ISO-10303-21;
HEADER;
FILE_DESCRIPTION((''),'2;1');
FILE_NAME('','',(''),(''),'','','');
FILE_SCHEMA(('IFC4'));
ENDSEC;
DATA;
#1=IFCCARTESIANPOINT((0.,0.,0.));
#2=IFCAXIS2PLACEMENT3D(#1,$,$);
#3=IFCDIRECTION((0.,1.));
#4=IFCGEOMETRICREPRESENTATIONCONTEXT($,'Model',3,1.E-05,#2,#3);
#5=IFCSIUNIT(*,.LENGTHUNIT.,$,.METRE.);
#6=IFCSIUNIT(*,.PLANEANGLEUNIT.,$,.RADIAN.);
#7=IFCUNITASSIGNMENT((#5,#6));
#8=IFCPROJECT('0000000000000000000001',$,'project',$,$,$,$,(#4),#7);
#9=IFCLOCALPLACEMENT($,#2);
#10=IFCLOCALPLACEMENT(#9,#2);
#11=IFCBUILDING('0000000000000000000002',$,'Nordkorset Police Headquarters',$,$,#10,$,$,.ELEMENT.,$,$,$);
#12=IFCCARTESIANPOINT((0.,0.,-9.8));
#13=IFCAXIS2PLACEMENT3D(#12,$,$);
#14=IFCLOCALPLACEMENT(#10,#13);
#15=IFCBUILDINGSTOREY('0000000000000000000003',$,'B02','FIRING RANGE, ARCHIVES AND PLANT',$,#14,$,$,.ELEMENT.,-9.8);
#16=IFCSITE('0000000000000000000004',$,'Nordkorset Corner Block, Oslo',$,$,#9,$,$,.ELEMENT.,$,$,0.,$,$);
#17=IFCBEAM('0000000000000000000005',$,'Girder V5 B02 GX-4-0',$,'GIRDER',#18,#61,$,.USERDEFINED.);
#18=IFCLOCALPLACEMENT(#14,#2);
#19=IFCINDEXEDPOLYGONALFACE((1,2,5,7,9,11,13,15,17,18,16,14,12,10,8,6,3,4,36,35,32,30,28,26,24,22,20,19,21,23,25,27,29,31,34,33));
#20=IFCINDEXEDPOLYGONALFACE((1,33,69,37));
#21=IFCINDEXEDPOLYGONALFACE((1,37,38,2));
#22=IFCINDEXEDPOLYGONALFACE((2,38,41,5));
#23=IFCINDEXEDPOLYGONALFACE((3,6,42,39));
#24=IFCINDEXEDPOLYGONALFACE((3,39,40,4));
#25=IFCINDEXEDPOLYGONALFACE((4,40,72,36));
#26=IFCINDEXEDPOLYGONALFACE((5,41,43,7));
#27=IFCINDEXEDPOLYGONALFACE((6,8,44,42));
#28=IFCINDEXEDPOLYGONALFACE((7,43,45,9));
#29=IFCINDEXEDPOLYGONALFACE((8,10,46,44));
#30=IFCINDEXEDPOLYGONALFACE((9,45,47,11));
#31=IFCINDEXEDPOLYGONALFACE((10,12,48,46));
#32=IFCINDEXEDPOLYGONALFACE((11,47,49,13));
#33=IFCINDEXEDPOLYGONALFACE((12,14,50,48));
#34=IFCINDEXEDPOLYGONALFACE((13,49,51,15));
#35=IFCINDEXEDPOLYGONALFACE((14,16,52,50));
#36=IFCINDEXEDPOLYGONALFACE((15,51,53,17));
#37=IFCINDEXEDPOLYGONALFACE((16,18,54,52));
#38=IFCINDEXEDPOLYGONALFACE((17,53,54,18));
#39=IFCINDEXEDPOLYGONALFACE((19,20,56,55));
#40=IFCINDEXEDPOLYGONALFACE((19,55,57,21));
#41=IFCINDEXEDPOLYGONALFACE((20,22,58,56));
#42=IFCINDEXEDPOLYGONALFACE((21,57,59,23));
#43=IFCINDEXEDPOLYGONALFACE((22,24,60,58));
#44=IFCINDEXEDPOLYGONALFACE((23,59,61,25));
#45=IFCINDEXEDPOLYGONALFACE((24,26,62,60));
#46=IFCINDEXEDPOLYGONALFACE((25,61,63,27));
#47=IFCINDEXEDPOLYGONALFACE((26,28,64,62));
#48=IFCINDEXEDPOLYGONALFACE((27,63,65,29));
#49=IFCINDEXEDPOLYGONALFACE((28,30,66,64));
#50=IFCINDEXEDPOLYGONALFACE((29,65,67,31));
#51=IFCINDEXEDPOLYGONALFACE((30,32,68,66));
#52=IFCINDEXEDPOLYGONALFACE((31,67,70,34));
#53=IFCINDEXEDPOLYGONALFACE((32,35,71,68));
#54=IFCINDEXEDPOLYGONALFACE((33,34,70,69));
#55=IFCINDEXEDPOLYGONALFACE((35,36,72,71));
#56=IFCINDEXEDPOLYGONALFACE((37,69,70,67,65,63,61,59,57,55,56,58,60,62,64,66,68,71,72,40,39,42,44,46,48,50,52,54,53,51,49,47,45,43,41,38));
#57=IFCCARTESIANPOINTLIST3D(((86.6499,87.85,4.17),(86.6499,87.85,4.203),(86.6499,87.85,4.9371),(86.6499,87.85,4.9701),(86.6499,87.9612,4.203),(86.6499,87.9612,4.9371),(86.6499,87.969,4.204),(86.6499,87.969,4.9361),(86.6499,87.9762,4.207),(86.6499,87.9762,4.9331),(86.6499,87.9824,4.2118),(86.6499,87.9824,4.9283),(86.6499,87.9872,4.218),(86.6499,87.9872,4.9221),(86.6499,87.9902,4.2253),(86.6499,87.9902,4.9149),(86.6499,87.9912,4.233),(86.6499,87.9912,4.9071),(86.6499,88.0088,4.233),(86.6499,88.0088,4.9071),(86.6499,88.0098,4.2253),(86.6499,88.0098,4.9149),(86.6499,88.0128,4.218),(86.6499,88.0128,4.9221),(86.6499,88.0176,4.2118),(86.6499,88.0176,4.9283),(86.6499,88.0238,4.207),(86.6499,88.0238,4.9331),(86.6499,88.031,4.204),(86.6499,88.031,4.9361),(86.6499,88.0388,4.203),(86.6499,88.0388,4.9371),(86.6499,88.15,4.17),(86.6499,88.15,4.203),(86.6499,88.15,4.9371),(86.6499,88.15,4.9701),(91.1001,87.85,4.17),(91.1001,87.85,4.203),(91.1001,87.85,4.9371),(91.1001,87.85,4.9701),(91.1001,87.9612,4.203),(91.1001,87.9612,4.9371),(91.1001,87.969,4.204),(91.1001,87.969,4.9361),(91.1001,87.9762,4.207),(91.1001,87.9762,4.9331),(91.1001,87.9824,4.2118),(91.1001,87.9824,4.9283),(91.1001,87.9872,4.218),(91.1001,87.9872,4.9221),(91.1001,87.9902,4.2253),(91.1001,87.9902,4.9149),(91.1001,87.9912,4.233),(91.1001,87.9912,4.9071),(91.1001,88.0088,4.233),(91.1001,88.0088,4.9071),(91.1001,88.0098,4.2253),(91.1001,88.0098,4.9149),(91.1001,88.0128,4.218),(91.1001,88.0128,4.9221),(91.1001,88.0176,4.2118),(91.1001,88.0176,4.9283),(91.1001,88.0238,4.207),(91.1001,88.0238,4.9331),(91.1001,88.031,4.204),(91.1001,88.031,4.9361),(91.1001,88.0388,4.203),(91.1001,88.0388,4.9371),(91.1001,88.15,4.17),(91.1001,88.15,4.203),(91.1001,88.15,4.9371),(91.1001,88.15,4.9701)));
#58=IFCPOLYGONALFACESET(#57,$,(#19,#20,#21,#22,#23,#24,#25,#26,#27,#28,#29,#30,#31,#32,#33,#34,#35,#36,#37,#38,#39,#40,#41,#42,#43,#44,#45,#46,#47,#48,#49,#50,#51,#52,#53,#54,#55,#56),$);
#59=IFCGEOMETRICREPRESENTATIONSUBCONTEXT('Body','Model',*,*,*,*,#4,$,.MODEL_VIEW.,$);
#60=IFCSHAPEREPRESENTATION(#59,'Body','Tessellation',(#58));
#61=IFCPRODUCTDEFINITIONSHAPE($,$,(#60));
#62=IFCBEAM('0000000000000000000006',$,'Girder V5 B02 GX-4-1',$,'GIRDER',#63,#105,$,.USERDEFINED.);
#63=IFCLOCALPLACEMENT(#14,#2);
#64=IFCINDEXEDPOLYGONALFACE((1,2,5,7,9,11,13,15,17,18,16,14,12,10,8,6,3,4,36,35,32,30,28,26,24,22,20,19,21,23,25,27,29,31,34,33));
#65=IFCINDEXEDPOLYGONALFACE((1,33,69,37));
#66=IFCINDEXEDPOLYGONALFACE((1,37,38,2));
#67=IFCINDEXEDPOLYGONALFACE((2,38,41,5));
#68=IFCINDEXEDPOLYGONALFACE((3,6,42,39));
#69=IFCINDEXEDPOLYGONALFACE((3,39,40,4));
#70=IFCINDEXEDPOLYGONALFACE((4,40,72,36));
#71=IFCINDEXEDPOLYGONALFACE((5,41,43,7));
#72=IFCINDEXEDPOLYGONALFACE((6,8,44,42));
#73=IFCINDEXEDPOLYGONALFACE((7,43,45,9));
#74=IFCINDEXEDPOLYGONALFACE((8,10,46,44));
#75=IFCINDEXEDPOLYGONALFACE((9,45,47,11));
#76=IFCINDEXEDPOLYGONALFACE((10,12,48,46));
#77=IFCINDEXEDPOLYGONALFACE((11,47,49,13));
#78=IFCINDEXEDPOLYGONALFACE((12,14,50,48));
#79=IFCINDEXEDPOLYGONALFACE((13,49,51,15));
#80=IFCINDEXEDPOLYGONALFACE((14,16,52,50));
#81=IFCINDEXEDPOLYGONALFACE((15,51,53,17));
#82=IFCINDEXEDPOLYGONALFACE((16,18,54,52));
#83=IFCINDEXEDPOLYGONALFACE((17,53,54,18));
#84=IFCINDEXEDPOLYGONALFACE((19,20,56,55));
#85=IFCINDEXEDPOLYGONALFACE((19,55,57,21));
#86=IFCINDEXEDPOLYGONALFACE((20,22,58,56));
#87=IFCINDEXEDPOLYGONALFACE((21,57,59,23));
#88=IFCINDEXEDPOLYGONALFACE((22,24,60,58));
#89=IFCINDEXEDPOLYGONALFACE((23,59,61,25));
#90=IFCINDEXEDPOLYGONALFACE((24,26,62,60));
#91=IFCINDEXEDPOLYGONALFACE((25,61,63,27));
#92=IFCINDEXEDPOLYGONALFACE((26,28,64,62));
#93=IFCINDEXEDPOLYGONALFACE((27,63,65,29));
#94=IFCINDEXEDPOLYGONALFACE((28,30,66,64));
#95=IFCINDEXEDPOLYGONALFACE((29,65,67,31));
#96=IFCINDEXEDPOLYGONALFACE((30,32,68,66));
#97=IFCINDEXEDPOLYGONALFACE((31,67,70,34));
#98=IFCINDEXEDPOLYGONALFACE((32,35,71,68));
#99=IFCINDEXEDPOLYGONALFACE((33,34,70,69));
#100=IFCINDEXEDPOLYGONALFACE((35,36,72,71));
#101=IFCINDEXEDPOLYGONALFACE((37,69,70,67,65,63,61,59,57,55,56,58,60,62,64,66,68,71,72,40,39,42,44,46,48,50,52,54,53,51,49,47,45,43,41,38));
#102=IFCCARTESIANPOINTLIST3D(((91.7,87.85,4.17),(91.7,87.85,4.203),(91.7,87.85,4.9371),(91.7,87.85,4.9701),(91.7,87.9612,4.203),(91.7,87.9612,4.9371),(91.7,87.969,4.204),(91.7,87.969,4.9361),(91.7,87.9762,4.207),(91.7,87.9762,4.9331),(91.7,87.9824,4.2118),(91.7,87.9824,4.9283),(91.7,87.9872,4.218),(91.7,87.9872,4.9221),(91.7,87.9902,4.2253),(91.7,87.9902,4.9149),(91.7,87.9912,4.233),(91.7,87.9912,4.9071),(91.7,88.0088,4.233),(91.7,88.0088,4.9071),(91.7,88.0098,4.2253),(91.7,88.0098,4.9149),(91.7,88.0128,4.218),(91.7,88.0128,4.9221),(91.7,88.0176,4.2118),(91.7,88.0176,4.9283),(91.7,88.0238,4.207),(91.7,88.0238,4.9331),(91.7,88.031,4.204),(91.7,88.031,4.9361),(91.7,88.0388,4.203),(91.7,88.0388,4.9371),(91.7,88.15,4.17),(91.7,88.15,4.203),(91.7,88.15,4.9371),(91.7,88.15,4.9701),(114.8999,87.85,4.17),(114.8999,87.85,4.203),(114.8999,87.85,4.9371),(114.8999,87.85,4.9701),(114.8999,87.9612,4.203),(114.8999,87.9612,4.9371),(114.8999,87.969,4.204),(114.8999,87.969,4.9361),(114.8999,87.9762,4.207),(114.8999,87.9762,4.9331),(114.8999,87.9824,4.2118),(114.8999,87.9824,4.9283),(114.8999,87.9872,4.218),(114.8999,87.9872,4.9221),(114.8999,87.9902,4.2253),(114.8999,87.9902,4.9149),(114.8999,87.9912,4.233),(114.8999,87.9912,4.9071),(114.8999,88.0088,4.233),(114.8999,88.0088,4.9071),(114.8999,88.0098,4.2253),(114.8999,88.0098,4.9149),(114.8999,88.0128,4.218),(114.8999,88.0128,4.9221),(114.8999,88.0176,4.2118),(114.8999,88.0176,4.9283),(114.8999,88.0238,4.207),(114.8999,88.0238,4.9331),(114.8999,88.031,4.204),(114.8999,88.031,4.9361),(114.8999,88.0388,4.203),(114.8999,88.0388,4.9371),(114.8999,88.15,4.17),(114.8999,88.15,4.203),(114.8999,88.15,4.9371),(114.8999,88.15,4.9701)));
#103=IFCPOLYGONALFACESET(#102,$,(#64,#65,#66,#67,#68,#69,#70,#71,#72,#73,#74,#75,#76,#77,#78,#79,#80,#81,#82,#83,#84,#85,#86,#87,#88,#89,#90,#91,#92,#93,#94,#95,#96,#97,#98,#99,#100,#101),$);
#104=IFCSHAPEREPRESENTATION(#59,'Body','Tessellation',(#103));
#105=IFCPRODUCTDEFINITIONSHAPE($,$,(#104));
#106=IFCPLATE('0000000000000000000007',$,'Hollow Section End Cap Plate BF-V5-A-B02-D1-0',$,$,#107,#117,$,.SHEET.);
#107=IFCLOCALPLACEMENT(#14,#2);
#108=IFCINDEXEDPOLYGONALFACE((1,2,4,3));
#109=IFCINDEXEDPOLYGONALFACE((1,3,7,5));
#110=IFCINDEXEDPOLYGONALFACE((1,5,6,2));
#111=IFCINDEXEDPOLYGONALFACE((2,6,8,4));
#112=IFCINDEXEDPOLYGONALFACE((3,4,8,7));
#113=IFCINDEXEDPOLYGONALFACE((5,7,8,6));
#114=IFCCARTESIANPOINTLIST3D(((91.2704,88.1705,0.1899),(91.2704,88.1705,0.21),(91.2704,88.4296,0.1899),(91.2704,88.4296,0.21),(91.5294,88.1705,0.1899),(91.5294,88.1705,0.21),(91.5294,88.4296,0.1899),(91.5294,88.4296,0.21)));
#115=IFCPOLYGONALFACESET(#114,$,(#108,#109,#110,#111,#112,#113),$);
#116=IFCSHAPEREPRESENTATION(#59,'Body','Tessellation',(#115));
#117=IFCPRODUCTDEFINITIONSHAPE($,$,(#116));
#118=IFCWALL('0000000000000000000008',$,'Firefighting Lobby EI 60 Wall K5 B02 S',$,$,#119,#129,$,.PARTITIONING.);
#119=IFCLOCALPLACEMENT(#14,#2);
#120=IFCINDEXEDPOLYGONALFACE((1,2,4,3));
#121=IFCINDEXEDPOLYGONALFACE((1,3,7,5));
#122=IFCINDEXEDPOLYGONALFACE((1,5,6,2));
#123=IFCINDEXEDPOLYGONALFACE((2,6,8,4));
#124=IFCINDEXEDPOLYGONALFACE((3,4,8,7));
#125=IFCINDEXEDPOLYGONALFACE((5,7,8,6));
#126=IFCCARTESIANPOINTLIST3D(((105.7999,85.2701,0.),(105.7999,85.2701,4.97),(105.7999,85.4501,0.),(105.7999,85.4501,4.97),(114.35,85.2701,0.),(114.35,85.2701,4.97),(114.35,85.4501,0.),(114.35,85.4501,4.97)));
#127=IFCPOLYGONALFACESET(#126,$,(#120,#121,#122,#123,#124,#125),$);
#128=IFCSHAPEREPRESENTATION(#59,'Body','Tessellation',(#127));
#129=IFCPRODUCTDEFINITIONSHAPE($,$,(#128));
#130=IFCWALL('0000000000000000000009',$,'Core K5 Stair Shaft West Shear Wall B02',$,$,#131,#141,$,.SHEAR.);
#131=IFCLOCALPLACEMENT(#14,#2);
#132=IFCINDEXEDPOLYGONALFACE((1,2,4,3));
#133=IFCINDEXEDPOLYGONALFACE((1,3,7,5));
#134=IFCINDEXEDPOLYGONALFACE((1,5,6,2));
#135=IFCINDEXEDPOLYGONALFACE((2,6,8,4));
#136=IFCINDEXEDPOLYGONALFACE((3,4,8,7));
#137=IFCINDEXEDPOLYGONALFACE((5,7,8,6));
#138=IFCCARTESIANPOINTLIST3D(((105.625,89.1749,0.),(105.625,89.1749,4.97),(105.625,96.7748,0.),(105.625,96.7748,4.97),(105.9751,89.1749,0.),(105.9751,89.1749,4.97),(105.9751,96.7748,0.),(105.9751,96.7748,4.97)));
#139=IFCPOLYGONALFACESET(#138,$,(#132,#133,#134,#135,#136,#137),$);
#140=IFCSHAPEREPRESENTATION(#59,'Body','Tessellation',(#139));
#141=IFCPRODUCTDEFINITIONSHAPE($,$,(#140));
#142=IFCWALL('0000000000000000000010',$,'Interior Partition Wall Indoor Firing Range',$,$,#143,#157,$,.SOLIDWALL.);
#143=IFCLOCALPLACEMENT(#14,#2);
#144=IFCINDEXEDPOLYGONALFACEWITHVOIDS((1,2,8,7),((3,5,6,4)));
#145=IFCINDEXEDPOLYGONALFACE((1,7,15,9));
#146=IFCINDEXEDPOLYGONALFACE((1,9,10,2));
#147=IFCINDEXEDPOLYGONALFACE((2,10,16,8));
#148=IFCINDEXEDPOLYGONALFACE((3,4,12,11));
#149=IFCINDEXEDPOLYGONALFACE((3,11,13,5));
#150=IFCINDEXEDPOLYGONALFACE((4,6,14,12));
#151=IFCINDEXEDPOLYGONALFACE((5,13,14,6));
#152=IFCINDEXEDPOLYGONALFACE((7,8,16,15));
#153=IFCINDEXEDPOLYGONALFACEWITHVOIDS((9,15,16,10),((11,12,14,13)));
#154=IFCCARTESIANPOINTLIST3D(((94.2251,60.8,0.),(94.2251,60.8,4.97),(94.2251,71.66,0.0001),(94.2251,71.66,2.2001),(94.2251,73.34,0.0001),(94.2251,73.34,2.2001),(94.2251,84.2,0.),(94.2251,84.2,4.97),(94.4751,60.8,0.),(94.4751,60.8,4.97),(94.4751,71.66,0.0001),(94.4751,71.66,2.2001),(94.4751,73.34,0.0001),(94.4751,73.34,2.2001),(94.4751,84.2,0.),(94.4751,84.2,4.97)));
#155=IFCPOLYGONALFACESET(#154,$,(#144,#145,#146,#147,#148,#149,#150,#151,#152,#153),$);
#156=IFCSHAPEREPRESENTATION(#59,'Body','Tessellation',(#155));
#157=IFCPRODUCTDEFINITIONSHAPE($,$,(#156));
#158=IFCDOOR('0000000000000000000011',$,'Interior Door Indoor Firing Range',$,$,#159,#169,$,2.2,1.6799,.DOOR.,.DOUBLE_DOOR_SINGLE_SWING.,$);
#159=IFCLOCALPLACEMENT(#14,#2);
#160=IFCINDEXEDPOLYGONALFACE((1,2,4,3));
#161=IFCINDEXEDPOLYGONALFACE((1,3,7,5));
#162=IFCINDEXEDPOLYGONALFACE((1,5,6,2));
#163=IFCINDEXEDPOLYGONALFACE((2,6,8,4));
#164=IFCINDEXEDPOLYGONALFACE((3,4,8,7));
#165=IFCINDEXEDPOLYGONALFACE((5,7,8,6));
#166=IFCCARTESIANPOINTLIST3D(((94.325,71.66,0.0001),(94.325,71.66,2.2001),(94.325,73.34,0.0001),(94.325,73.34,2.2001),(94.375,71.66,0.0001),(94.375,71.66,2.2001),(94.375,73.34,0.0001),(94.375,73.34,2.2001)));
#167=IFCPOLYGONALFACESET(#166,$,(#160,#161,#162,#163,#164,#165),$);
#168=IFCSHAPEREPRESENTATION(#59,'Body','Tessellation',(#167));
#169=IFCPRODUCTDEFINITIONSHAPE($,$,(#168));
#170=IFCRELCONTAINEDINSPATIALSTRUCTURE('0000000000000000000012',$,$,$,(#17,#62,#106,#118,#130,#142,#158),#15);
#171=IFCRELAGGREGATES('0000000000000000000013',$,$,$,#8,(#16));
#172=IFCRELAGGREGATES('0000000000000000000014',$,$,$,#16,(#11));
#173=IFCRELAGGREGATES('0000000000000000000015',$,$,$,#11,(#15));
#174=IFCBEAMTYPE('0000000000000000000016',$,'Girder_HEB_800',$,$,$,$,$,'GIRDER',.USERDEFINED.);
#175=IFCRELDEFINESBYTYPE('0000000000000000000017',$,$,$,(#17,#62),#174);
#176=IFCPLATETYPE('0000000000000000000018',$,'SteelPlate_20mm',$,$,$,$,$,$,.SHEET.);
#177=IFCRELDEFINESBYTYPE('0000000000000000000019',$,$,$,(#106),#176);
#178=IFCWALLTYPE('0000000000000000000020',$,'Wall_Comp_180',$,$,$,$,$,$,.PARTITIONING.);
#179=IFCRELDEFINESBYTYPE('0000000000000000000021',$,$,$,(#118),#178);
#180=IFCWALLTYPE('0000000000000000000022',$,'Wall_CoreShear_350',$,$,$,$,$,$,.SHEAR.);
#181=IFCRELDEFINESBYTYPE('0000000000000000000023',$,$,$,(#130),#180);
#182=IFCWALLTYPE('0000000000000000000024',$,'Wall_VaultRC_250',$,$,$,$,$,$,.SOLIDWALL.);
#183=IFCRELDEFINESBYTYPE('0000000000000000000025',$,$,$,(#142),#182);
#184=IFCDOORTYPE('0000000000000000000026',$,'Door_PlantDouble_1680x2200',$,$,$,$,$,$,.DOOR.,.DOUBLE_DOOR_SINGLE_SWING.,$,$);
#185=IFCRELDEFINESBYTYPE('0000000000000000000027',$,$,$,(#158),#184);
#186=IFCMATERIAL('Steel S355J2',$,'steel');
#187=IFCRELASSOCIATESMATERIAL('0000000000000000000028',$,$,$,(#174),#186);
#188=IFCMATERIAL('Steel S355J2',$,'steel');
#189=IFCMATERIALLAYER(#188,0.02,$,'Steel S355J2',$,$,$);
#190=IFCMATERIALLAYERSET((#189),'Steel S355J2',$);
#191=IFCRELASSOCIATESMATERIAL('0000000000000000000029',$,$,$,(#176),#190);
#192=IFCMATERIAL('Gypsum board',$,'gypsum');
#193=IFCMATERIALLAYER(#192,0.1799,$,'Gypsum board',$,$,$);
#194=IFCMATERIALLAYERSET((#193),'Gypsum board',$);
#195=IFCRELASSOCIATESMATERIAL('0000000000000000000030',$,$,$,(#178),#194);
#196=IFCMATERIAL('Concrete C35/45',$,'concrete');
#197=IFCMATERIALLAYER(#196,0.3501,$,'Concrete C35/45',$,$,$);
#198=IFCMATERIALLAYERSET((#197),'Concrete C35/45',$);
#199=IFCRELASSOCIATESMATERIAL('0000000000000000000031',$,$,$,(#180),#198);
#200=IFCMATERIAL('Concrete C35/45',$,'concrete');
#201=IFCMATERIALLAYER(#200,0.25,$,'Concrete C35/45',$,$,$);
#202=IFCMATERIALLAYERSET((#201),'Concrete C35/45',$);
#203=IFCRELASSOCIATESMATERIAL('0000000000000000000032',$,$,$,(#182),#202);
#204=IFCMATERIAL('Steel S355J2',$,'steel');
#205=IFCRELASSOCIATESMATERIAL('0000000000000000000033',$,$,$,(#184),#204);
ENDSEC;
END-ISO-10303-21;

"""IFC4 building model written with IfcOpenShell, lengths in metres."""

from ifc_helpers import new_model, si_unit, direction, frame, frame_2d, origin, origin_2d, place, context, subcontext, project, spatial, rectangle, i_section, extrude, material, layer, layer_set, material_profile, profile_set, type_object, element, fill, save


model = new_model("IFC4")

# Units and contexts
model_context = context("Model", 3, precision=1e-05, world=origin(), true_north=direction((0.0, 1.0)))
body_context = subcontext(model_context, "Body", "Model", "MODEL_VIEW")
ifc_project = project(units=[si_unit("LENGTHUNIT", "METRE"), si_unit("PLANEANGLEUNIT", "RADIAN")], contexts=[model_context])

# Site, building, storey
site_placement = place(None, origin())
site = spatial("IfcSite", under=ifc_project, at=site_placement, Name="Nordkorset Corner Block, Oslo", CompositionType="ELEMENT", RefElevation=0.0)
building_placement = place(site_placement, origin())
building = spatial("IfcBuilding", under=site, at=building_placement, Name="Nordkorset Police Headquarters", CompositionType="ELEMENT")
storey_placement = place(building_placement, frame((0.0, 0.0, -9.8)))
storey = spatial("IfcBuildingStorey", under=building, at=storey_placement, Name="B02", Description="FIRING RANGE, ARCHIVES AND PLANT", CompositionType="ELEMENT", Elevation=-9.8)

# Beams
ifc_material_1 = material(Name="Steel S355J2", Category="steel")
ifc_material_profile_1 = material_profile(ifc_material_1, i_section(OverallWidth=0.3, OverallDepth=0.8, WebThickness=0.0176, FlangeThickness=0.033, FilletRadius=0.03, at=origin_2d()), Name="HEB 800")
ifc_profile_set_1 = profile_set([ifc_material_profile_1], Name="Steel S355J2")
beam_type_1 = type_object("IfcBeamType", Name="Girder_HEB_800", ElementType="GIRDER", PredefinedType="USERDEFINED", material=ifc_profile_set_1)
beam_1_placement = place(storey_placement, frame((86.6499, 88.0, 4.5701), z_axis=(1.0, 0.0, 0.0), x_axis=(0.0, 1.0, 0.0)))
element("IfcBeam", 1, at=beam_1_placement, inside=storey, type_object=beam_type_1, Name="Girder V5 B02 GX-4-0", ObjectType="GIRDER", PredefinedType="USERDEFINED", context=body_context, shape_type="SweptSolid", body=[
    extrude(i_section(OverallWidth=0.3, OverallDepth=0.8, WebThickness=0.0176, FlangeThickness=0.033, FilletRadius=0.03, at=origin_2d()), origin(), (0.0, 0.0, 1.0), 4.4502),
])
beam_2_placement = place(storey_placement, frame((91.7, 88.0, 4.5701), z_axis=(1.0, 0.0, 0.0), x_axis=(0.0, 1.0, 0.0)))
element("IfcBeam", 2, at=beam_2_placement, inside=storey, type_object=beam_type_1, Name="Girder V5 B02 GX-4-1", ObjectType="GIRDER", PredefinedType="USERDEFINED", context=body_context, shape_type="SweptSolid", body=[
    extrude(i_section(OverallWidth=0.3, OverallDepth=0.8, WebThickness=0.0176, FlangeThickness=0.033, FilletRadius=0.03, at=origin_2d()), origin(), (0.0, 0.0, 1.0), 23.2),
])

# Plate
ifc_material_2 = material(Name="Steel S355J2", Category="steel")
ifc_layer_1 = layer(ifc_material_2, 0.02, Name="Steel S355J2")
ifc_layer_set_1 = layer_set([ifc_layer_1], Name="Steel S355J2")
plate_type = type_object("IfcPlateType", Name="SteelPlate_20mm", PredefinedType="SHEET", material=ifc_layer_set_1)
plate_placement = place(storey_placement, frame((91.3999, 88.3, 0.1899), z_axis=(0.0, 0.0, 1.0), x_axis=(1.0, 0.0, 0.0)))
element("IfcPlate", 3, at=plate_placement, inside=storey, type_object=plate_type, Name="Hollow Section End Cap Plate BF-V5-A-B02-D1-0", PredefinedType="SHEET", context=body_context, shape_type="SweptSolid", body=[
    extrude(rectangle(XDim=0.259, YDim=0.259, at=origin_2d()), origin(), (0.0, 0.0, 1.0), 0.02),
])

# Wall
ifc_material_3 = material(Name="Gypsum board", Category="gypsum")
ifc_layer_2 = layer(ifc_material_3, 0.1799, Name="Gypsum board")
ifc_layer_set_2 = layer_set([ifc_layer_2], Name="Gypsum board")
wall_type_1 = type_object("IfcWallType", Name="Wall_Comp_180", PredefinedType="PARTITIONING", material=ifc_layer_set_2)
wall_1_placement = place(storey_placement, frame((105.8, 85.3601, 0.0), z_axis=(0.0, 0.0, 1.0), x_axis=(1.0, 0.0, 0.0)))
element("IfcWall", 4, at=wall_1_placement, inside=storey, type_object=wall_type_1, Name="Firefighting Lobby EI 60 Wall K5 B02 S", PredefinedType="PARTITIONING", context=body_context, shape_type="SweptSolid", body=[
    extrude(rectangle(XDim=8.55, YDim=0.1799, at=frame_2d((4.2749, 0.0))), origin(), (0.0, 0.0, 1.0), 4.97),
])

# Shared definitions
ifc_material_4 = material(Name="Concrete C35/45", Category="concrete")
ifc_layer_3 = layer(ifc_material_4, 0.3501, Name="Concrete C35/45")
ifc_layer_set_3 = layer_set([ifc_layer_3], Name="Concrete C35/45")
wall_type_2 = type_object("IfcWallType", Name="Wall_CoreShear_350", PredefinedType="SHEAR", material=ifc_layer_set_3)

# Wall
wall_2_placement = place(storey_placement, frame((105.8, 89.175, 0.0), z_axis=(0.0, 0.0, 1.0), x_axis=(0.0, 1.0, 0.0)))
element("IfcWall", 5, at=wall_2_placement, inside=storey, type_object=wall_type_2, Name="Core K5 Stair Shaft West Shear Wall B02", PredefinedType="SHEAR", context=body_context, shape_type="SweptSolid", body=[
    extrude(rectangle(XDim=7.5999, YDim=0.3501, at=frame_2d((3.7998, 0.0))), origin(), (0.0, 0.0, 1.0), 4.97),
])

# Wall, opening, door
ifc_material_5 = material(Name="Concrete C35/45", Category="concrete")
ifc_layer_4 = layer(ifc_material_5, 0.25, Name="Concrete C35/45")
ifc_layer_set_4 = layer_set([ifc_layer_4], Name="Concrete C35/45")
wall_type_3 = type_object("IfcWallType", Name="Wall_VaultRC_250", PredefinedType="SOLIDWALL", material=ifc_layer_set_4)
wall_3_placement = place(storey_placement, frame((94.3501, 84.2, 0.0), z_axis=(0.0, 0.0, 1.0), x_axis=(0.0, -1.0, 0.0)))
wall_3 = element("IfcWall", 6, at=wall_3_placement, inside=storey, type_object=wall_type_3, Name="Interior Partition Wall Indoor Firing Range", PredefinedType="SOLIDWALL", context=body_context, shape_type="SweptSolid", body=[
    extrude(rectangle(XDim=23.3999, YDim=0.25, at=frame_2d((11.7, 0.0))), origin(), (0.0, 0.0, 1.0), 4.97),
])
opening_1_placement = place(wall_3_placement, frame((10.8601, 0.0, 0.0)))
opening_1 = element("IfcOpeningElement", 7, at=opening_1_placement, cuts=wall_3, PredefinedType="OPENING", context=body_context, shape_type="SweptSolid", body=[
    extrude(rectangle(XDim=1.6799, YDim=2.2, at=frame_2d((0.8398, 1.1001))), frame((0.0, 0.135, 0.0), z_axis=(0.0, -1.0, 0.0), x_axis=(1.0, 0.0, 0.0)), (0.0, 0.0, 1.0), 0.27),
])
ifc_material_6 = material(Name="Steel S355J2", Category="steel")
door_type_1 = type_object("IfcDoorType", Name="Door_PlantDouble_1680x2200", OperationType="DOUBLE_DOOR_SINGLE_SWING", PredefinedType="DOOR", material=ifc_material_6)
door_1_placement = place(opening_1_placement, origin())
door_1 = element("IfcDoor", 8, at=door_1_placement, inside=storey, type_object=door_type_1, Name="Interior Door Indoor Firing Range", OperationType="DOUBLE_DOOR_SINGLE_SWING", OverallHeight=2.2, OverallWidth=1.6799, PredefinedType="DOOR", context=body_context, shape_type="SweptSolid", body=[
    extrude(rectangle(XDim=1.6799, YDim=2.2, at=frame_2d((0.8398, 1.1001))), frame((0.0, 0.0249, 0.0), z_axis=(0.0, -1.0, 0.0), x_axis=(1.0, 0.0, 0.0)), (0.0, 0.0, 1.0), 0.05),
])
fill(opening_1, door_1)

save(model, "model.ifc")
